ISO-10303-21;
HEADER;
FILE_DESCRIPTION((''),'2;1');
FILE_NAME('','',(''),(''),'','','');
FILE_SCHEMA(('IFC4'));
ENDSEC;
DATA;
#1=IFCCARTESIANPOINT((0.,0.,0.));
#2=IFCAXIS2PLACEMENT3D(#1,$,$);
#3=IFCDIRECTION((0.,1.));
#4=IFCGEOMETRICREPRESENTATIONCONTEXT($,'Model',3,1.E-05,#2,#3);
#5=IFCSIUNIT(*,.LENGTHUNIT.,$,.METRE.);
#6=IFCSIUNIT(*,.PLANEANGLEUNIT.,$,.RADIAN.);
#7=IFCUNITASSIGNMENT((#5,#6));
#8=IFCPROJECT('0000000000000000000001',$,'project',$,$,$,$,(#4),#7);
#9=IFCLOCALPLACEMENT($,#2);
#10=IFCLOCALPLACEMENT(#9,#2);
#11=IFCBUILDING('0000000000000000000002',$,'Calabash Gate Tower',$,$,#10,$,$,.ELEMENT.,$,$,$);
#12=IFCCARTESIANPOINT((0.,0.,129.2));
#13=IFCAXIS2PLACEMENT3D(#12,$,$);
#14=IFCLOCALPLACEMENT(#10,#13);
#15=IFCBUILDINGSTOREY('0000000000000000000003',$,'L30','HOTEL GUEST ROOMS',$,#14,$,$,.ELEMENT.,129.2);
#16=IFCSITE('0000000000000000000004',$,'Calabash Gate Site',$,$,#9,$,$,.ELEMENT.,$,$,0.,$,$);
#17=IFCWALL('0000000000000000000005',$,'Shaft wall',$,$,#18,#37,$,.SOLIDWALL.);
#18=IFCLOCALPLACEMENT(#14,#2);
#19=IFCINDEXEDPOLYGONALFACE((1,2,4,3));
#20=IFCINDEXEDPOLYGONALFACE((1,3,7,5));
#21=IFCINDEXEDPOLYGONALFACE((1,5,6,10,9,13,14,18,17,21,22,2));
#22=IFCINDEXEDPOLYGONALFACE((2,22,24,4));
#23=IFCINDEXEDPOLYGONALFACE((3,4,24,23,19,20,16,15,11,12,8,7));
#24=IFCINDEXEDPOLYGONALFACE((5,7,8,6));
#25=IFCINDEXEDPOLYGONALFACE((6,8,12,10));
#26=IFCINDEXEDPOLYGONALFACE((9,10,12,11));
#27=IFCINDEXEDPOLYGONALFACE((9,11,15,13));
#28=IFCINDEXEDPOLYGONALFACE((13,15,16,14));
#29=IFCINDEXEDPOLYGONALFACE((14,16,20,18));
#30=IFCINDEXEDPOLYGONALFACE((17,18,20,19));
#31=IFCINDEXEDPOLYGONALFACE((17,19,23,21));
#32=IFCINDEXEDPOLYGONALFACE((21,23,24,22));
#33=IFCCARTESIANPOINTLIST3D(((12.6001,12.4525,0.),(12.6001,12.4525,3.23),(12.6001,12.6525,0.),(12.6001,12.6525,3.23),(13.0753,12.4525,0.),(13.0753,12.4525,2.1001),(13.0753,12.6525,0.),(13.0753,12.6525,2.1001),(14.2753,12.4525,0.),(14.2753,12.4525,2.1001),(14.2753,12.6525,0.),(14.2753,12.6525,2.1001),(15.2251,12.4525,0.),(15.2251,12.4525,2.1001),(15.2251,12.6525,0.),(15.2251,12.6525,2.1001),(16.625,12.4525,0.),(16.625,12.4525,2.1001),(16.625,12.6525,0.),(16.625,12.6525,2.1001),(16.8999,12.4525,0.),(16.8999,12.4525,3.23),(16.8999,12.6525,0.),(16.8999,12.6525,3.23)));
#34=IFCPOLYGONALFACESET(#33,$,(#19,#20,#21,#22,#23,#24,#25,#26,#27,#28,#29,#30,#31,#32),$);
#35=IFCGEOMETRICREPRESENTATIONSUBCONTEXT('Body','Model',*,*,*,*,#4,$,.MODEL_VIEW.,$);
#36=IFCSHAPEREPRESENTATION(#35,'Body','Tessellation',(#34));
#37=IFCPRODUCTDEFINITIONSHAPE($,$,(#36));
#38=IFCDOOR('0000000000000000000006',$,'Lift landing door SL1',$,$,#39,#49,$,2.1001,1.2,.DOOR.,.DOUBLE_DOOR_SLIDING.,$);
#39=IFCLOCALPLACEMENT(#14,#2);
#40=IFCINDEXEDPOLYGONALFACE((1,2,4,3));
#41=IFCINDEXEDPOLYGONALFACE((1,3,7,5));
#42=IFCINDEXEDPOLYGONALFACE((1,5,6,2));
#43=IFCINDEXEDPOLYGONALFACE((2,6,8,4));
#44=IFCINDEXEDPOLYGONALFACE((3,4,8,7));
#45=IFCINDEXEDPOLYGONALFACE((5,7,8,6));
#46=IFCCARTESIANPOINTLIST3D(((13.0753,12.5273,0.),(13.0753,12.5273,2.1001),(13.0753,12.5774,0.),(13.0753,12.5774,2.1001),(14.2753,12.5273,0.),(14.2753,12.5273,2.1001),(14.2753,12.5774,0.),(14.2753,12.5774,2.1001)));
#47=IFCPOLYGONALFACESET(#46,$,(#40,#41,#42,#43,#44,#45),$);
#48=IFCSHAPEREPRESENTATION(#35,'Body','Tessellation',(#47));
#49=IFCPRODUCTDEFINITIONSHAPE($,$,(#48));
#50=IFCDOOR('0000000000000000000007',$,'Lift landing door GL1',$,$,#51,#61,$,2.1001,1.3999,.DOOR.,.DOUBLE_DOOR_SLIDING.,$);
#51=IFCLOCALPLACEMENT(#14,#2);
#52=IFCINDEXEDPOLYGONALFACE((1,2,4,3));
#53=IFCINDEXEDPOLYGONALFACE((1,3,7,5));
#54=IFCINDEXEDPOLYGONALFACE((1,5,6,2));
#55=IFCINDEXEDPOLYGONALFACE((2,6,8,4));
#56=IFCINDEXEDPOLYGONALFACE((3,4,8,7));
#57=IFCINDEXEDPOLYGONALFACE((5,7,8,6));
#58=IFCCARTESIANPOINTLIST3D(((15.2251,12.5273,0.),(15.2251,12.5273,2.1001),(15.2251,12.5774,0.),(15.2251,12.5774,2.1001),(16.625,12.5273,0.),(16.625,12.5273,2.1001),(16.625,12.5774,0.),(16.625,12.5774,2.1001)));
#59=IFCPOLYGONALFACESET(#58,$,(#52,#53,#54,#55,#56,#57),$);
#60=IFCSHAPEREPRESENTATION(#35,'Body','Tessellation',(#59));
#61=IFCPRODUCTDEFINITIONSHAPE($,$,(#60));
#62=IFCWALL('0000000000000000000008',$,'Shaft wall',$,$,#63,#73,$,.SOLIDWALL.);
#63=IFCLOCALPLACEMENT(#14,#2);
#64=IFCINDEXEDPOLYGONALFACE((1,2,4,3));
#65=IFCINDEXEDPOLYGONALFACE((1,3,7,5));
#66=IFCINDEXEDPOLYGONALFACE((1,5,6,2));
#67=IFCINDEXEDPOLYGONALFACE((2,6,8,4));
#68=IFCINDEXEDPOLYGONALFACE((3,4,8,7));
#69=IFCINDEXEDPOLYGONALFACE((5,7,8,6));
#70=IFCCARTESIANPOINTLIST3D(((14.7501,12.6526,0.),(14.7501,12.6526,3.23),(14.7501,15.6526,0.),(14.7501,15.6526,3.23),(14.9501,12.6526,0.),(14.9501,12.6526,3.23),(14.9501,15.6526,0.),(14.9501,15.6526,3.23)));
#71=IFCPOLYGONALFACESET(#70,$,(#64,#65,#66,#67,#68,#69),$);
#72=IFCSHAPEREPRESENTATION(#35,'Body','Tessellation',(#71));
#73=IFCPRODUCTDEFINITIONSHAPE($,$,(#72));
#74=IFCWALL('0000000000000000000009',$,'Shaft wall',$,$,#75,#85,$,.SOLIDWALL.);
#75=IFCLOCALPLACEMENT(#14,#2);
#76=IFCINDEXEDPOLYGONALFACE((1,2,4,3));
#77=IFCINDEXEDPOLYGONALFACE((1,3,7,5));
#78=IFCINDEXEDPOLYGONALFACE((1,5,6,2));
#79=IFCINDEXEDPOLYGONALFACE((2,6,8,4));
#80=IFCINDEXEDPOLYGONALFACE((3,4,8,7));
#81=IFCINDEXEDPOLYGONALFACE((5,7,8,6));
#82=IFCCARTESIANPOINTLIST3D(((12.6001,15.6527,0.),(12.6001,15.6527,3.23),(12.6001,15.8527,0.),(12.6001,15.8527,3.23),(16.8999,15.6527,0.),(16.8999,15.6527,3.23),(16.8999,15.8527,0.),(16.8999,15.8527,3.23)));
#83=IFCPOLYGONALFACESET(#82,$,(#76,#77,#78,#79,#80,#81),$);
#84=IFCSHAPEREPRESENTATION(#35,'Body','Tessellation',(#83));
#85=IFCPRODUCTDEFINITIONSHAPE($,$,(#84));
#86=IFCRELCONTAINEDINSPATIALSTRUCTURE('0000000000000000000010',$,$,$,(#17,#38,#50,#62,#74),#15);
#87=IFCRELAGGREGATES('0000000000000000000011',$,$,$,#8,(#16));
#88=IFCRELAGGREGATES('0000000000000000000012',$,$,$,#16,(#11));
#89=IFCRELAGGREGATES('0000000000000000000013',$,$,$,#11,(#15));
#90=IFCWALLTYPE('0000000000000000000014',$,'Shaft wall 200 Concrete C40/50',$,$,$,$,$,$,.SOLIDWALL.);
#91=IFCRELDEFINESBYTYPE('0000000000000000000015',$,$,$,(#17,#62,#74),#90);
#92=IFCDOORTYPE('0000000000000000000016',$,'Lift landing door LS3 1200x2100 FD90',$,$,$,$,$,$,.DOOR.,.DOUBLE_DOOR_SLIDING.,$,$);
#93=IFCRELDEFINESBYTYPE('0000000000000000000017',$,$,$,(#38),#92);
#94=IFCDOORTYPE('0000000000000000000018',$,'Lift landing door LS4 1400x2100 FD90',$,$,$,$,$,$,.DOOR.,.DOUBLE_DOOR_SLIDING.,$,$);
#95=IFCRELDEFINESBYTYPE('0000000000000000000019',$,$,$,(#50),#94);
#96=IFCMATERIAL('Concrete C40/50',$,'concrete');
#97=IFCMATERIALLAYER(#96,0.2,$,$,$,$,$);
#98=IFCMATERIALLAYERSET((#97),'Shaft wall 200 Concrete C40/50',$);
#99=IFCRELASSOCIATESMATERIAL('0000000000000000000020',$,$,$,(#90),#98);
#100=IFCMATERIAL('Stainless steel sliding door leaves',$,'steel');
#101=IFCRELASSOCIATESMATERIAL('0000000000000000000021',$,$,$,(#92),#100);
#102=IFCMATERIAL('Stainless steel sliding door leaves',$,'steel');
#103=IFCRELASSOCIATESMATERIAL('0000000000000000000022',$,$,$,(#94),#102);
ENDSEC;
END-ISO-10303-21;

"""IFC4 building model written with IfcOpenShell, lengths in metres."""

from ifc_helpers import new_model, si_unit, direction, frame, frame_2d, origin, place, context, subcontext, project, spatial, rectangle, extrude, material, layer, layer_set, type_object, element, fill, save


model = new_model("IFC4")

# Units and contexts
model_context = context("Model", 3, precision=1e-05, world=origin(), true_north=direction((0.0, 1.0)))
body_context = subcontext(model_context, "Body", "Model", "MODEL_VIEW")
ifc_project = project(units=[si_unit("LENGTHUNIT", "METRE"), si_unit("PLANEANGLEUNIT", "RADIAN")], contexts=[model_context])

# Site, building, storey
site_placement = place(None, origin())
site = spatial("IfcSite", under=ifc_project, at=site_placement, Name="Calabash Gate Site", CompositionType="ELEMENT", RefElevation=0.0)
building_placement = place(site_placement, origin())
building = spatial("IfcBuilding", under=site, at=building_placement, Name="Calabash Gate Tower", CompositionType="ELEMENT")
storey_placement = place(building_placement, frame((0.0, 0.0, 129.2)))
storey = spatial("IfcBuildingStorey", under=building, at=storey_placement, Name="L30", Description="HOTEL GUEST ROOMS", CompositionType="ELEMENT", Elevation=129.2)

# Wall, openings, doors
ifc_material_1 = material(Name="Concrete C40/50", Category="concrete")
ifc_layer_1 = layer(ifc_material_1, 0.2)
ifc_layer_set_1 = layer_set([ifc_layer_1], Name="Shaft wall 200 Concrete C40/50")
wall_type_1 = type_object("IfcWallType", Name="Shaft wall 200 Concrete C40/50", PredefinedType="SOLIDWALL", material=ifc_layer_set_1)
wall_1_placement = place(storey_placement, frame((12.6001, 12.5525, 0.0), z_axis=(0.0, 0.0, 1.0), x_axis=(1.0, 0.0, 0.0)))
wall_1 = element("IfcWall", 1, at=wall_1_placement, inside=storey, type_object=wall_type_1, Name="Shaft wall", PredefinedType="SOLIDWALL", context=body_context, shape_type="SweptSolid", body=[
    extrude(rectangle(XDim=4.2998, YDim=0.2, at=frame_2d((2.1499, 0.0))), origin(), (0.0, 0.0, 1.0), 3.23),
])
opening_1_placement = place(wall_1_placement, frame((0.4751, 0.0, 0.0)))
opening_1 = element("IfcOpeningElement", 2, at=opening_1_placement, cuts=wall_1, PredefinedType="OPENING", context=body_context, shape_type="SweptSolid", body=[
    extrude(rectangle(XDim=1.2, YDim=2.1001, at=frame_2d((0.6001, 1.05))), frame((0.0, 0.1099, 0.0), z_axis=(0.0, -1.0, 0.0), x_axis=(1.0, 0.0, 0.0)), (0.0, 0.0, 1.0), 0.22),
])
opening_2_placement = place(wall_1_placement, frame((2.625, 0.0, 0.0)))
opening_2 = element("IfcOpeningElement", 3, at=opening_2_placement, cuts=wall_1, PredefinedType="OPENING", context=body_context, shape_type="SweptSolid", body=[
    extrude(rectangle(XDim=1.3999, YDim=2.1001, at=frame_2d((0.7, 1.05))), frame((0.0, 0.1099, 0.0), z_axis=(0.0, -1.0, 0.0), x_axis=(1.0, 0.0, 0.0)), (0.0, 0.0, 1.0), 0.22),
])
ifc_material_2 = material(Name="Stainless steel sliding door leaves", Category="steel")
door_type_1 = type_object("IfcDoorType", Name="Lift landing door LS3 1200x2100 FD90", OperationType="DOUBLE_DOOR_SLIDING", PredefinedType="DOOR", material=ifc_material_2)
door_1_placement = place(opening_1_placement, origin())
door_1 = element("IfcDoor", 4, at=door_1_placement, inside=storey, type_object=door_type_1, Name="Lift landing door SL1", OperationType="DOUBLE_DOOR_SLIDING", OverallHeight=2.1001, OverallWidth=1.2, PredefinedType="DOOR", context=body_context, shape_type="SweptSolid", body=[
    extrude(rectangle(XDim=1.2, YDim=2.1001, at=frame_2d((0.6001, 1.05))), frame((0.0, 0.0249, 0.0), z_axis=(0.0, -1.0, 0.0), x_axis=(1.0, 0.0, 0.0)), (0.0, 0.0, 1.0), 0.05),
])
fill(opening_1, door_1)
ifc_material_3 = material(Name="Stainless steel sliding door leaves", Category="steel")
door_type_2 = type_object("IfcDoorType", Name="Lift landing door LS4 1400x2100 FD90", OperationType="DOUBLE_DOOR_SLIDING", PredefinedType="DOOR", material=ifc_material_3)
door_2_placement = place(opening_2_placement, origin())
door_2 = element("IfcDoor", 5, at=door_2_placement, inside=storey, type_object=door_type_2, Name="Lift landing door GL1", OperationType="DOUBLE_DOOR_SLIDING", OverallHeight=2.1001, OverallWidth=1.3999, PredefinedType="DOOR", context=body_context, shape_type="SweptSolid", body=[
    extrude(rectangle(XDim=1.3999, YDim=2.1001, at=frame_2d((0.7, 1.05))), frame((0.0, 0.0249, 0.0), z_axis=(0.0, -1.0, 0.0), x_axis=(1.0, 0.0, 0.0)), (0.0, 0.0, 1.0), 0.05),
])
fill(opening_2, door_2)

# Walls
wall_2_placement = place(storey_placement, frame((14.8501, 12.6526, 0.0), z_axis=(0.0, 0.0, 1.0), x_axis=(0.0, 1.0, 0.0)))
element("IfcWall", 6, at=wall_2_placement, inside=storey, type_object=wall_type_1, Name="Shaft wall", PredefinedType="SOLIDWALL", context=body_context, shape_type="SweptSolid", body=[
    extrude(rectangle(XDim=3.0, YDim=0.2, at=frame_2d((1.5, 0.0))), origin(), (0.0, 0.0, 1.0), 3.23),
])
wall_3_placement = place(storey_placement, frame((12.6001, 15.7527, 0.0), z_axis=(0.0, 0.0, 1.0), x_axis=(1.0, 0.0, 0.0)))
element("IfcWall", 7, at=wall_3_placement, inside=storey, type_object=wall_type_1, Name="Shaft wall", PredefinedType="SOLIDWALL", context=body_context, shape_type="SweptSolid", body=[
    extrude(rectangle(XDim=4.2998, YDim=0.2, at=frame_2d((2.1499, 0.0))), origin(), (0.0, 0.0, 1.0), 3.23),
])

save(model, "model.ifc")
